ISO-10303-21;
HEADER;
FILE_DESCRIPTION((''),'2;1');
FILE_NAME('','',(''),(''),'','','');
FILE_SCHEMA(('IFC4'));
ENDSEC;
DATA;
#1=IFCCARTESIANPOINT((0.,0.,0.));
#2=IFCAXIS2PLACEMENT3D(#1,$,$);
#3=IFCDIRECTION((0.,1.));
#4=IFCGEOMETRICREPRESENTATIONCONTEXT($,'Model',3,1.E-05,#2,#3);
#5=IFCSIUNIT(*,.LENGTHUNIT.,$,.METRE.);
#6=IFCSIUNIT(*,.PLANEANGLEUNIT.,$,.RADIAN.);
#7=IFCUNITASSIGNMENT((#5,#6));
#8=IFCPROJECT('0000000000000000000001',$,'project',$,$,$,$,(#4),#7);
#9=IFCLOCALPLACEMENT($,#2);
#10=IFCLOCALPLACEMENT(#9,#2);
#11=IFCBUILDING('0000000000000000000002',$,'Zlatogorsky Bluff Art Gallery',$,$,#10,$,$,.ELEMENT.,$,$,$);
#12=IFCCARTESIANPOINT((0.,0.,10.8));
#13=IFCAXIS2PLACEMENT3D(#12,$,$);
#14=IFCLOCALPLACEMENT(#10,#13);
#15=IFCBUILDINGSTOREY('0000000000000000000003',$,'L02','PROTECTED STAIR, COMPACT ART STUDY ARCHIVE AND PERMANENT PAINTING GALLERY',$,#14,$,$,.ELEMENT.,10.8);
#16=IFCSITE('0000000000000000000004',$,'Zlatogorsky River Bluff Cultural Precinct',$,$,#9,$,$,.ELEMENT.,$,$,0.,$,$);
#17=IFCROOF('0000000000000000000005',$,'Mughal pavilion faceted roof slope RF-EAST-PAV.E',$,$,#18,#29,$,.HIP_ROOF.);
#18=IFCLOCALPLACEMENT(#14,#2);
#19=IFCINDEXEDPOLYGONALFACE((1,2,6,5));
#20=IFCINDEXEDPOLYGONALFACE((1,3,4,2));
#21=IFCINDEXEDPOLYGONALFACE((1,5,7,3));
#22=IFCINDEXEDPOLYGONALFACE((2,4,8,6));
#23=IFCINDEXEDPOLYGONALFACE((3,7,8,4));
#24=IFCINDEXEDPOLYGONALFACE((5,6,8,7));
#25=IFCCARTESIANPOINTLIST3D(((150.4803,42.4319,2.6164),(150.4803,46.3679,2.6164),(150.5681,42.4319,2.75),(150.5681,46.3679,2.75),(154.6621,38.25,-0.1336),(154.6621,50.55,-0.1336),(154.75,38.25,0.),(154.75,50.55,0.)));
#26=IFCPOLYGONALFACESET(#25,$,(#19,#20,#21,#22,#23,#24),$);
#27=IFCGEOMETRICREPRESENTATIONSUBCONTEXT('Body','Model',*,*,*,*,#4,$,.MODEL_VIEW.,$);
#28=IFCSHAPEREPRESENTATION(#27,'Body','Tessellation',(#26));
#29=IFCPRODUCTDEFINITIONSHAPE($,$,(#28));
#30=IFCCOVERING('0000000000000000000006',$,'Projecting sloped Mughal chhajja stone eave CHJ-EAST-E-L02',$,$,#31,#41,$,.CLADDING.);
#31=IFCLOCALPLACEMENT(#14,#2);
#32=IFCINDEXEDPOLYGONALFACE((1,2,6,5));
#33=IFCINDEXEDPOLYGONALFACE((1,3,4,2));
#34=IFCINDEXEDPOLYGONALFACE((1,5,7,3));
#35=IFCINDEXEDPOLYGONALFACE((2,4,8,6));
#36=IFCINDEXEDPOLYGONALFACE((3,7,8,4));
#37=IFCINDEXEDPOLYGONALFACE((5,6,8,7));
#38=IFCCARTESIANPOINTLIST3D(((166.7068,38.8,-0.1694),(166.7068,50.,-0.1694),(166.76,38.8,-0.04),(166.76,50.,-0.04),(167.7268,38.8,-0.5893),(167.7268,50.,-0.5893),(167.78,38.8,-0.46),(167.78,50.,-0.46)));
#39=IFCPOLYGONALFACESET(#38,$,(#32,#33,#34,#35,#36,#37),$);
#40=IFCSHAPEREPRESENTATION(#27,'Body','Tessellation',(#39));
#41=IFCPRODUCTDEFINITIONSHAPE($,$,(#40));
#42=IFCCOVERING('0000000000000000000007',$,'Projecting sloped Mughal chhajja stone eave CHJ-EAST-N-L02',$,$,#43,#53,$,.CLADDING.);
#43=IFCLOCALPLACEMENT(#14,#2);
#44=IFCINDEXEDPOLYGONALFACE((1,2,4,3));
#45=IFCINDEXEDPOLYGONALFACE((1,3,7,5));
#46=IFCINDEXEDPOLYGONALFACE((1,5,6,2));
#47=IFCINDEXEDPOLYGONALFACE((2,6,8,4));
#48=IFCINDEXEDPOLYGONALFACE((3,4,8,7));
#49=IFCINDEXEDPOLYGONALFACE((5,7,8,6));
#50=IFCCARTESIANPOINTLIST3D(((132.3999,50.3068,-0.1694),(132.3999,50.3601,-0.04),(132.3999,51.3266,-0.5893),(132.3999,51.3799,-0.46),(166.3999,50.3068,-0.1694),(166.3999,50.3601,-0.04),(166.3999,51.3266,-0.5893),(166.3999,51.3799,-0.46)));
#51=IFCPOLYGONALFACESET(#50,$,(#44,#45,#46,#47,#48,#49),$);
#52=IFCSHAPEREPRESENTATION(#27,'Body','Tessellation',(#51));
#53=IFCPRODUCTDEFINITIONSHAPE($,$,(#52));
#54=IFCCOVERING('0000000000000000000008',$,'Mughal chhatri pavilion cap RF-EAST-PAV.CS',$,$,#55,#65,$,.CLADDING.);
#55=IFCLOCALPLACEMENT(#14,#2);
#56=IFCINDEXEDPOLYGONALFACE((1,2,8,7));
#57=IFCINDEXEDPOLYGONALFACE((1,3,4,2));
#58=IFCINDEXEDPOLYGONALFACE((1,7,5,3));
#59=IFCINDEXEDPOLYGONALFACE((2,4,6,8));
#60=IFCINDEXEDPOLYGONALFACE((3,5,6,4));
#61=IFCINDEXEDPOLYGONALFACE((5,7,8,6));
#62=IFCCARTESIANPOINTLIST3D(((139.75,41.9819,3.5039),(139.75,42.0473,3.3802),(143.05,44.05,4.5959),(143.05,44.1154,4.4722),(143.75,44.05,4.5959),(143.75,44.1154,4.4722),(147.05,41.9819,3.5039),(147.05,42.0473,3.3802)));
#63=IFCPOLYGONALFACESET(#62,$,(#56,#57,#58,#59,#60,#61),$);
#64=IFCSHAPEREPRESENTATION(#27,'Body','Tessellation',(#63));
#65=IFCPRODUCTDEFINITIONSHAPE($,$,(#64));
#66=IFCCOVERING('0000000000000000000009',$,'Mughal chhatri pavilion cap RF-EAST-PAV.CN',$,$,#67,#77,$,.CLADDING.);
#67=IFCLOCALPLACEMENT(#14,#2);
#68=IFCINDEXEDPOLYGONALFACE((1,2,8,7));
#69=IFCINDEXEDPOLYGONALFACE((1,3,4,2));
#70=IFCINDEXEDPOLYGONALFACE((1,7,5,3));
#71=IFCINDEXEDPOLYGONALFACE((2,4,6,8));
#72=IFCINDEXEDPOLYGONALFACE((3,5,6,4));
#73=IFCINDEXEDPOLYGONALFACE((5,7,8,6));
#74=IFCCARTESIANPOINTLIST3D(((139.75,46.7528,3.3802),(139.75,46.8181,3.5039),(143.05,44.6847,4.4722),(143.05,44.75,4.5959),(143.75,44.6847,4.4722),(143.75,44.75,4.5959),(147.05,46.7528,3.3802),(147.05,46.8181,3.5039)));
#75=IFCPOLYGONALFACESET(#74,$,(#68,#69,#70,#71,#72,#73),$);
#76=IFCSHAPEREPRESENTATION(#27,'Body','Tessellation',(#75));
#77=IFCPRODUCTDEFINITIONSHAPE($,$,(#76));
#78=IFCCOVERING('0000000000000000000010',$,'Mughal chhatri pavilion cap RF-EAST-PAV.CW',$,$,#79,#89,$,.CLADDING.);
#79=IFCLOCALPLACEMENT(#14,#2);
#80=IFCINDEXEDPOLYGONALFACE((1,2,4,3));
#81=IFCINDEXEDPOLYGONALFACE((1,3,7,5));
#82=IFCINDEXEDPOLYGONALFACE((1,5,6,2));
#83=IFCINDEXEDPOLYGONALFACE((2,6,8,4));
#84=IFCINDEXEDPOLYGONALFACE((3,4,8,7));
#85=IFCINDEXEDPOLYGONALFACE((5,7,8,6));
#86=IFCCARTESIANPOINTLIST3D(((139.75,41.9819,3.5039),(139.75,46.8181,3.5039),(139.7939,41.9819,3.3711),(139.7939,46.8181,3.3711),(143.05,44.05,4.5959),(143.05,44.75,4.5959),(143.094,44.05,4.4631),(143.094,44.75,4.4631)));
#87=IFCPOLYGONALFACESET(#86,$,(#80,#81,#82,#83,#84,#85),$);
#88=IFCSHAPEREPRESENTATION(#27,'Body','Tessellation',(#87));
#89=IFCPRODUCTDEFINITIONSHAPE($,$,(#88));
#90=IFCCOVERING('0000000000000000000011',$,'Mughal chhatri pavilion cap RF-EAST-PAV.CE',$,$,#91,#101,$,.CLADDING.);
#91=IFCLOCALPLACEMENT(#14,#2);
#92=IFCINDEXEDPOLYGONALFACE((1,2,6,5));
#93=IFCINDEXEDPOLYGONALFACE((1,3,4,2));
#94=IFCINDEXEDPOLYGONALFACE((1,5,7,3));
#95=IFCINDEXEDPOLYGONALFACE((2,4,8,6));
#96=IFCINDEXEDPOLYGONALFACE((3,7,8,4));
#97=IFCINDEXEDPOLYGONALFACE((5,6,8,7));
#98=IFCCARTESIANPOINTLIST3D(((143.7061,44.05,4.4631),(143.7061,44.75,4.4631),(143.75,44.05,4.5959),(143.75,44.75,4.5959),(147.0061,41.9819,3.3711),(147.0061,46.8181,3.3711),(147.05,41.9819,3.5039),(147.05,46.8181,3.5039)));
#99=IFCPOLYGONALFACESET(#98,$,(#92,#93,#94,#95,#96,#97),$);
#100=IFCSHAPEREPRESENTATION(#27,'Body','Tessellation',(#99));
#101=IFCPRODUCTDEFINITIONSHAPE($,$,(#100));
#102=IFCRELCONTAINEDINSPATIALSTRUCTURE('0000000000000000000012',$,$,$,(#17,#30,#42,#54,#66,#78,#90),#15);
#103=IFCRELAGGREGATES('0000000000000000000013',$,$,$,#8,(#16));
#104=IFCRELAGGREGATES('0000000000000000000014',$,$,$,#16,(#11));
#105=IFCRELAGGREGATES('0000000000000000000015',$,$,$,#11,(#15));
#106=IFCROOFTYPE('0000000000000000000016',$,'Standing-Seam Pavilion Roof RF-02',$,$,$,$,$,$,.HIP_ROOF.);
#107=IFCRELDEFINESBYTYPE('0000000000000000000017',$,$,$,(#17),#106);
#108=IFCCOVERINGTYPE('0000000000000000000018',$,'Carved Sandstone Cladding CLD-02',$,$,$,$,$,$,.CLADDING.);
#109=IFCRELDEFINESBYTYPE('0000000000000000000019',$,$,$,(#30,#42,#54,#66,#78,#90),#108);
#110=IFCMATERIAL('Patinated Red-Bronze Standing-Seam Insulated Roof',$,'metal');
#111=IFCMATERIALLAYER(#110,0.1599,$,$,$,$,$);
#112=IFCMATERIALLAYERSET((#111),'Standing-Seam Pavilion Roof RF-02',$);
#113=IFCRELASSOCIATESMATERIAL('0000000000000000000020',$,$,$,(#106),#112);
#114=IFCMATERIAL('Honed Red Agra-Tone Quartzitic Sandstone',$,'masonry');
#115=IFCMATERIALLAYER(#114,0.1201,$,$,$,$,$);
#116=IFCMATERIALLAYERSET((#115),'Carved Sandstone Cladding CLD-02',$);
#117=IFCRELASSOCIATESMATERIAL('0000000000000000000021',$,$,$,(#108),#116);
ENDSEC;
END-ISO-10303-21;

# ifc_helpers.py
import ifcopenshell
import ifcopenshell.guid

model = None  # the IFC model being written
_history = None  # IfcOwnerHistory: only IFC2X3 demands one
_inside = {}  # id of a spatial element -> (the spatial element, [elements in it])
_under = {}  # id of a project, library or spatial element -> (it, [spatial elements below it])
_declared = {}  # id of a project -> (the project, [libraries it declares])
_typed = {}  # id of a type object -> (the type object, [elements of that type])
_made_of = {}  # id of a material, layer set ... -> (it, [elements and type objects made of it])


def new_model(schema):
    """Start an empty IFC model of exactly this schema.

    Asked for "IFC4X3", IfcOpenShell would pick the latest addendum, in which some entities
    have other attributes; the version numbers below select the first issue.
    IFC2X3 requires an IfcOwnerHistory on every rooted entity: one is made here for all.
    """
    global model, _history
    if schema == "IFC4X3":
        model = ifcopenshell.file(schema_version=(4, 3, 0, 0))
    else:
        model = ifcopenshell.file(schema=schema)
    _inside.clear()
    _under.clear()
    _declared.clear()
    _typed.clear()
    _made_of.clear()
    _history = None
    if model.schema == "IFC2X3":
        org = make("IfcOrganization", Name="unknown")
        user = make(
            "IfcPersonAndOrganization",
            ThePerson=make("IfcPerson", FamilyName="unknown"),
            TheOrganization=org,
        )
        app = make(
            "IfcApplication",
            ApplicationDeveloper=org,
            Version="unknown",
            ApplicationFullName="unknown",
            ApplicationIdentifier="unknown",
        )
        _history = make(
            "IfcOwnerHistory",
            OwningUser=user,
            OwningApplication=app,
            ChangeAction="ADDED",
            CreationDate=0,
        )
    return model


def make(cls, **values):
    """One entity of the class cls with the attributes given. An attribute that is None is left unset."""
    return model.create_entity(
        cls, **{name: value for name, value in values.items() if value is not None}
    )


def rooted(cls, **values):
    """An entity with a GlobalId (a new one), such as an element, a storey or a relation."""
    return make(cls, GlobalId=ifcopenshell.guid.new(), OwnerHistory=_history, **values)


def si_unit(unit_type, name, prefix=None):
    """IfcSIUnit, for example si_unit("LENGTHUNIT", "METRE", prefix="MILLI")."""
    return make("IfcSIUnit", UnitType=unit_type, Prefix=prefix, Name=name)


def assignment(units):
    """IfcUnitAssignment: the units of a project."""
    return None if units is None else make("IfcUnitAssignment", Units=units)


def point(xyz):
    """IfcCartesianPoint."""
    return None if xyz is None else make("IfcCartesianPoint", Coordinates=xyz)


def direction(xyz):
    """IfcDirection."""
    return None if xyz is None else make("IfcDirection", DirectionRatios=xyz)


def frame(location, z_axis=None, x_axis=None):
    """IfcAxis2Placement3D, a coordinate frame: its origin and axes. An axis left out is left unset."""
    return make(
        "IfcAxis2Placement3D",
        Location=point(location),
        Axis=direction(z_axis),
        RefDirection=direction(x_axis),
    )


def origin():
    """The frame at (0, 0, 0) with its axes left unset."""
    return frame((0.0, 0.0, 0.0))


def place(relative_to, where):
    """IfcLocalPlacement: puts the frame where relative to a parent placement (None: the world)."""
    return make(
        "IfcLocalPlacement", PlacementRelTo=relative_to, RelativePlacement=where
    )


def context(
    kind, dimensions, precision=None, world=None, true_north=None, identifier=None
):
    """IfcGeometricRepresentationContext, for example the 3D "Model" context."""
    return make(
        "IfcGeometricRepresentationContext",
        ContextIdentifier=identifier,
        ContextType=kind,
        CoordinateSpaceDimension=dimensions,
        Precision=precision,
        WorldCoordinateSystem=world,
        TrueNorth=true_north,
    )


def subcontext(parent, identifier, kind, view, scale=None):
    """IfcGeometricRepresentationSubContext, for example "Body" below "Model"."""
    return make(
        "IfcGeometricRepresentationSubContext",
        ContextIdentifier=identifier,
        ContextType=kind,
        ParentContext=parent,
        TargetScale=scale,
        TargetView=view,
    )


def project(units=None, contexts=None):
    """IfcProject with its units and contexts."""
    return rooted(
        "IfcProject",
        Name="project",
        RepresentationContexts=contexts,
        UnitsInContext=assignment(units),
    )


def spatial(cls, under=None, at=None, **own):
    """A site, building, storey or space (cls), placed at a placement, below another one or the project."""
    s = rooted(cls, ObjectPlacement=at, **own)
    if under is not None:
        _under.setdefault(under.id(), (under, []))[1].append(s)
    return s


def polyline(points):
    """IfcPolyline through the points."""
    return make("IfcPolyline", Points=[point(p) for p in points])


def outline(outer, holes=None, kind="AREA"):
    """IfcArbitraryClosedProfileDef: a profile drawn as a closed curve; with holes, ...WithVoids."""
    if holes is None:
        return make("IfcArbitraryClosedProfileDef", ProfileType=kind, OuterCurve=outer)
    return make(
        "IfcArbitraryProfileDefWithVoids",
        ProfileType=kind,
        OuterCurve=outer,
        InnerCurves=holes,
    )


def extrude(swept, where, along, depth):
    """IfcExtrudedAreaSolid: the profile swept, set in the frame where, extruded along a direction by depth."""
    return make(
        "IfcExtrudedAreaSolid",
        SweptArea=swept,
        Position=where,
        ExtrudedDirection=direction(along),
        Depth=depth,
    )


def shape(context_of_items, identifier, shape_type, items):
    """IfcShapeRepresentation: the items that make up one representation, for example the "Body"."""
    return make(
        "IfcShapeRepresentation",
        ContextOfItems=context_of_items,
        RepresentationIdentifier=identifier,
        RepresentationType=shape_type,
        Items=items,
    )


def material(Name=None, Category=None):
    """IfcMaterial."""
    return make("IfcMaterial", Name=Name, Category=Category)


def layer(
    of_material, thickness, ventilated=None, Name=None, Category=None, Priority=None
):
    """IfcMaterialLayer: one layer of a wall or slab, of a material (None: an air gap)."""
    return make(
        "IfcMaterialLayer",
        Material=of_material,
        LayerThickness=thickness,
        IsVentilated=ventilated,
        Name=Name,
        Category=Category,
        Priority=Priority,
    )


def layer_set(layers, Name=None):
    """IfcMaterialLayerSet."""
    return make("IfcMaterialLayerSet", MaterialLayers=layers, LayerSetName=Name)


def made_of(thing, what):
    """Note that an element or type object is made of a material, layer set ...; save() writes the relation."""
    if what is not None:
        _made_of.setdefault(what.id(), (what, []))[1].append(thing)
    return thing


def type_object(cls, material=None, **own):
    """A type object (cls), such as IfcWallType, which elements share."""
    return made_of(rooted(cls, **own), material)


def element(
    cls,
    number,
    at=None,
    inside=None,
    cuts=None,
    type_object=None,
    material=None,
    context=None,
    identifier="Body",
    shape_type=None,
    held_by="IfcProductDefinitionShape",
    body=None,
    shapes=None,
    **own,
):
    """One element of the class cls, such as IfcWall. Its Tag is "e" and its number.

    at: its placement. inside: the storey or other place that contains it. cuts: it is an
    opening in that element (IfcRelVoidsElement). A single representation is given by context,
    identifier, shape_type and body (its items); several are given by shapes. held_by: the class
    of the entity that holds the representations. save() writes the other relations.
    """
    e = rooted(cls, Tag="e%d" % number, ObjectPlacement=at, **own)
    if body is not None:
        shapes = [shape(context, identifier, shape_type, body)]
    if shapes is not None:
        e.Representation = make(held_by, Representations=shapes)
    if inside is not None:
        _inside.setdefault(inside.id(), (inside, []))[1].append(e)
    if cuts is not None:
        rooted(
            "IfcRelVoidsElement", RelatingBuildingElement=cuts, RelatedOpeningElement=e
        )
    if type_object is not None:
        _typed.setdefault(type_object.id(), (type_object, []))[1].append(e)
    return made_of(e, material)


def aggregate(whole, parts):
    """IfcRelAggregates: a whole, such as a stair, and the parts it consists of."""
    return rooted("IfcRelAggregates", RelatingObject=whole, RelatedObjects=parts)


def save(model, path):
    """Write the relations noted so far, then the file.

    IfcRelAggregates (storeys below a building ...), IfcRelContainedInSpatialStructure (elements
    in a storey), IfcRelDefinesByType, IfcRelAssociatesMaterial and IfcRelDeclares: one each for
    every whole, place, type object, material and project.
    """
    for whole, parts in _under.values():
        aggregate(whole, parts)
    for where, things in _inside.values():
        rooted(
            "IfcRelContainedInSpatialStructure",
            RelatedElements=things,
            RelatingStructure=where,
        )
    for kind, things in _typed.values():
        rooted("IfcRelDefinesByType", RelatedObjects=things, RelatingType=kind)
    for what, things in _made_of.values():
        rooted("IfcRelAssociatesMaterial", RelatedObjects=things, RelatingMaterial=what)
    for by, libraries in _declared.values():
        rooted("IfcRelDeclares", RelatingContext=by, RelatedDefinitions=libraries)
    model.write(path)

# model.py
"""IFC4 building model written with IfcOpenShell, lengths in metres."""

from ifc_helpers import new_model, si_unit, direction, frame, origin, place, context, subcontext, project, spatial, polyline, outline, extrude, material, layer, layer_set, type_object, element, save


model = new_model("IFC4")

# Units and contexts
model_context = context("Model", 3, precision=1e-05, world=origin(), true_north=direction((0.0, 1.0)))
body_context = subcontext(model_context, "Body", "Model", "MODEL_VIEW")
ifc_project = project(units=[si_unit("LENGTHUNIT", "METRE"), si_unit("PLANEANGLEUNIT", "RADIAN")], contexts=[model_context])

# Site, building, storey
site_placement = place(None, origin())
site = spatial("IfcSite", under=ifc_project, at=site_placement, Name="Zlatogorsky River Bluff Cultural Precinct", CompositionType="ELEMENT", RefElevation=0.0)
building_placement = place(site_placement, origin())
building = spatial("IfcBuilding", under=site, at=building_placement, Name="Zlatogorsky Bluff Art Gallery", CompositionType="ELEMENT")
storey_placement = place(building_placement, frame((0.0, 0.0, 10.8)))
storey = spatial("IfcBuildingStorey", under=building, at=storey_placement, Name="L02", Description="PROTECTED STAIR, COMPACT ART STUDY ARCHIVE AND PERMANENT PAINTING GALLERY", CompositionType="ELEMENT", Elevation=10.8)

# Roof
ifc_material_1 = material(Name="Patinated Red-Bronze Standing-Seam Insulated Roof", Category="metal")
ifc_layer_1 = layer(ifc_material_1, 0.1599)
ifc_layer_set_1 = layer_set([ifc_layer_1], Name="Standing-Seam Pavilion Roof RF-02")
roof_type = type_object("IfcRoofType", Name="Standing-Seam Pavilion Roof RF-02", PredefinedType="HIP_ROOF", material=ifc_layer_set_1)
roof_1_placement = place(storey_placement, frame((154.75, 38.25, 0.0), z_axis=(0.549444, 0.0, 0.835531), x_axis=(0.0, 1.0, 0.0)))
element("IfcRoof", 1, at=roof_1_placement, inside=storey, type_object=roof_type, Name="Mughal pavilion faceted roof slope RF-EAST-PAV.E", PredefinedType="HIP_ROOF", context=body_context, shape_type="SweptSolid", body=[
    extrude(outline(polyline([(0.0, 0.0), (12.3, 0.0), (8.1179, 5.0051), (4.1819, 5.0051), (0.0, 0.0)])), origin(), (0.0, 0.0, -1.0), 0.1599),
])

# Coverings
ifc_material_2 = material(Name="Honed Red Agra-Tone Quartzitic Sandstone", Category="masonry")
ifc_layer_2 = layer(ifc_material_2, 0.1201)
ifc_layer_set_2 = layer_set([ifc_layer_2], Name="Carved Sandstone Cladding CLD-02")
covering_type = type_object("IfcCoveringType", Name="Carved Sandstone Cladding CLD-02", PredefinedType="CLADDING", material=ifc_layer_set_2)
covering_1_placement = place(storey_placement, frame((166.76, 50.0, -0.04), z_axis=(0.380683, 0.0, 0.924706), x_axis=(0.0, -1.0, 0.0)))
element("IfcCovering", 2, at=covering_1_placement, inside=storey, type_object=covering_type, Name="Projecting sloped Mughal chhajja stone eave CHJ-EAST-E-L02", PredefinedType="CLADDING", context=body_context, shape_type="SweptSolid", body=[
    extrude(outline(polyline([(0.0, 0.0), (11.2, 0.0), (11.2, 1.1031), (0.0, 1.1031), (0.0, 0.0)])), origin(), (0.0, 0.0, -1.0), 0.1399),
])
covering_2_placement = place(storey_placement, frame((132.3999, 50.3601, -0.04), z_axis=(0.0, 0.380761, 0.924674), x_axis=(1.0, 0.0, 0.0)))
element("IfcCovering", 3, at=covering_2_placement, inside=storey, type_object=covering_type, Name="Projecting sloped Mughal chhajja stone eave CHJ-EAST-N-L02", PredefinedType="CLADDING", context=body_context, shape_type="SweptSolid", body=[
    extrude(outline(polyline([(0.0, 0.0), (34.0, 0.0), (34.0, 1.1028), (0.0, 1.1028), (0.0, 0.0)])), origin(), (0.0, 0.0, -1.0), 0.1399),
])
for number, where, z_axis, x_axis, name in (
    (4, (139.75, 41.9819, 3.5039), (0.0, -0.466938, 0.88429), (1.0, 0.0, 0.0), "Mughal chhatri pavilion cap RF-EAST-PAV.CS"),
    (5, (147.05, 46.8181, 3.5039), (0.0, 0.466938, 0.88429), (-1.0, 0.0, 0.0), "Mughal chhatri pavilion cap RF-EAST-PAV.CN"),
):
    element("IfcCovering", number, at=place(storey_placement, frame(where, z_axis=z_axis, x_axis=x_axis)), inside=storey, type_object=covering_type, Name=name, PredefinedType="CLADDING", context=body_context, shape_type="SweptSolid", body=[
        extrude(outline(polyline([(0.0, 0.0), (7.3, 0.0), (4.0, 2.3387), (3.3, 2.3387), (0.0, 0.0)])), origin(), (0.0, 0.0, -1.0), 0.1399),
    ])
for number, where, z_axis, x_axis, name in (
    (6, (139.75, 46.8181, 3.5039), (-0.314162, 0.0, 0.949369), (0.0, -1.0, 0.0), "Mughal chhatri pavilion cap RF-EAST-PAV.CW"),
    (7, (147.05, 41.9819, 3.5039), (0.314162, 0.0, 0.949369), (0.0, 1.0, 0.0), "Mughal chhatri pavilion cap RF-EAST-PAV.CE"),
):
    element("IfcCovering", number, at=place(storey_placement, frame(where, z_axis=z_axis, x_axis=x_axis)), inside=storey, type_object=covering_type, Name=name, PredefinedType="CLADDING", context=body_context, shape_type="SweptSolid", body=[
        extrude(outline(polyline([(0.0, 0.0), (4.8362, 0.0), (2.7681, 3.476), (2.0681, 3.476), (0.0, 0.0)])), origin(), (0.0, 0.0, -1.0), 0.1399),
    ])

save(model, "model.ifc")
